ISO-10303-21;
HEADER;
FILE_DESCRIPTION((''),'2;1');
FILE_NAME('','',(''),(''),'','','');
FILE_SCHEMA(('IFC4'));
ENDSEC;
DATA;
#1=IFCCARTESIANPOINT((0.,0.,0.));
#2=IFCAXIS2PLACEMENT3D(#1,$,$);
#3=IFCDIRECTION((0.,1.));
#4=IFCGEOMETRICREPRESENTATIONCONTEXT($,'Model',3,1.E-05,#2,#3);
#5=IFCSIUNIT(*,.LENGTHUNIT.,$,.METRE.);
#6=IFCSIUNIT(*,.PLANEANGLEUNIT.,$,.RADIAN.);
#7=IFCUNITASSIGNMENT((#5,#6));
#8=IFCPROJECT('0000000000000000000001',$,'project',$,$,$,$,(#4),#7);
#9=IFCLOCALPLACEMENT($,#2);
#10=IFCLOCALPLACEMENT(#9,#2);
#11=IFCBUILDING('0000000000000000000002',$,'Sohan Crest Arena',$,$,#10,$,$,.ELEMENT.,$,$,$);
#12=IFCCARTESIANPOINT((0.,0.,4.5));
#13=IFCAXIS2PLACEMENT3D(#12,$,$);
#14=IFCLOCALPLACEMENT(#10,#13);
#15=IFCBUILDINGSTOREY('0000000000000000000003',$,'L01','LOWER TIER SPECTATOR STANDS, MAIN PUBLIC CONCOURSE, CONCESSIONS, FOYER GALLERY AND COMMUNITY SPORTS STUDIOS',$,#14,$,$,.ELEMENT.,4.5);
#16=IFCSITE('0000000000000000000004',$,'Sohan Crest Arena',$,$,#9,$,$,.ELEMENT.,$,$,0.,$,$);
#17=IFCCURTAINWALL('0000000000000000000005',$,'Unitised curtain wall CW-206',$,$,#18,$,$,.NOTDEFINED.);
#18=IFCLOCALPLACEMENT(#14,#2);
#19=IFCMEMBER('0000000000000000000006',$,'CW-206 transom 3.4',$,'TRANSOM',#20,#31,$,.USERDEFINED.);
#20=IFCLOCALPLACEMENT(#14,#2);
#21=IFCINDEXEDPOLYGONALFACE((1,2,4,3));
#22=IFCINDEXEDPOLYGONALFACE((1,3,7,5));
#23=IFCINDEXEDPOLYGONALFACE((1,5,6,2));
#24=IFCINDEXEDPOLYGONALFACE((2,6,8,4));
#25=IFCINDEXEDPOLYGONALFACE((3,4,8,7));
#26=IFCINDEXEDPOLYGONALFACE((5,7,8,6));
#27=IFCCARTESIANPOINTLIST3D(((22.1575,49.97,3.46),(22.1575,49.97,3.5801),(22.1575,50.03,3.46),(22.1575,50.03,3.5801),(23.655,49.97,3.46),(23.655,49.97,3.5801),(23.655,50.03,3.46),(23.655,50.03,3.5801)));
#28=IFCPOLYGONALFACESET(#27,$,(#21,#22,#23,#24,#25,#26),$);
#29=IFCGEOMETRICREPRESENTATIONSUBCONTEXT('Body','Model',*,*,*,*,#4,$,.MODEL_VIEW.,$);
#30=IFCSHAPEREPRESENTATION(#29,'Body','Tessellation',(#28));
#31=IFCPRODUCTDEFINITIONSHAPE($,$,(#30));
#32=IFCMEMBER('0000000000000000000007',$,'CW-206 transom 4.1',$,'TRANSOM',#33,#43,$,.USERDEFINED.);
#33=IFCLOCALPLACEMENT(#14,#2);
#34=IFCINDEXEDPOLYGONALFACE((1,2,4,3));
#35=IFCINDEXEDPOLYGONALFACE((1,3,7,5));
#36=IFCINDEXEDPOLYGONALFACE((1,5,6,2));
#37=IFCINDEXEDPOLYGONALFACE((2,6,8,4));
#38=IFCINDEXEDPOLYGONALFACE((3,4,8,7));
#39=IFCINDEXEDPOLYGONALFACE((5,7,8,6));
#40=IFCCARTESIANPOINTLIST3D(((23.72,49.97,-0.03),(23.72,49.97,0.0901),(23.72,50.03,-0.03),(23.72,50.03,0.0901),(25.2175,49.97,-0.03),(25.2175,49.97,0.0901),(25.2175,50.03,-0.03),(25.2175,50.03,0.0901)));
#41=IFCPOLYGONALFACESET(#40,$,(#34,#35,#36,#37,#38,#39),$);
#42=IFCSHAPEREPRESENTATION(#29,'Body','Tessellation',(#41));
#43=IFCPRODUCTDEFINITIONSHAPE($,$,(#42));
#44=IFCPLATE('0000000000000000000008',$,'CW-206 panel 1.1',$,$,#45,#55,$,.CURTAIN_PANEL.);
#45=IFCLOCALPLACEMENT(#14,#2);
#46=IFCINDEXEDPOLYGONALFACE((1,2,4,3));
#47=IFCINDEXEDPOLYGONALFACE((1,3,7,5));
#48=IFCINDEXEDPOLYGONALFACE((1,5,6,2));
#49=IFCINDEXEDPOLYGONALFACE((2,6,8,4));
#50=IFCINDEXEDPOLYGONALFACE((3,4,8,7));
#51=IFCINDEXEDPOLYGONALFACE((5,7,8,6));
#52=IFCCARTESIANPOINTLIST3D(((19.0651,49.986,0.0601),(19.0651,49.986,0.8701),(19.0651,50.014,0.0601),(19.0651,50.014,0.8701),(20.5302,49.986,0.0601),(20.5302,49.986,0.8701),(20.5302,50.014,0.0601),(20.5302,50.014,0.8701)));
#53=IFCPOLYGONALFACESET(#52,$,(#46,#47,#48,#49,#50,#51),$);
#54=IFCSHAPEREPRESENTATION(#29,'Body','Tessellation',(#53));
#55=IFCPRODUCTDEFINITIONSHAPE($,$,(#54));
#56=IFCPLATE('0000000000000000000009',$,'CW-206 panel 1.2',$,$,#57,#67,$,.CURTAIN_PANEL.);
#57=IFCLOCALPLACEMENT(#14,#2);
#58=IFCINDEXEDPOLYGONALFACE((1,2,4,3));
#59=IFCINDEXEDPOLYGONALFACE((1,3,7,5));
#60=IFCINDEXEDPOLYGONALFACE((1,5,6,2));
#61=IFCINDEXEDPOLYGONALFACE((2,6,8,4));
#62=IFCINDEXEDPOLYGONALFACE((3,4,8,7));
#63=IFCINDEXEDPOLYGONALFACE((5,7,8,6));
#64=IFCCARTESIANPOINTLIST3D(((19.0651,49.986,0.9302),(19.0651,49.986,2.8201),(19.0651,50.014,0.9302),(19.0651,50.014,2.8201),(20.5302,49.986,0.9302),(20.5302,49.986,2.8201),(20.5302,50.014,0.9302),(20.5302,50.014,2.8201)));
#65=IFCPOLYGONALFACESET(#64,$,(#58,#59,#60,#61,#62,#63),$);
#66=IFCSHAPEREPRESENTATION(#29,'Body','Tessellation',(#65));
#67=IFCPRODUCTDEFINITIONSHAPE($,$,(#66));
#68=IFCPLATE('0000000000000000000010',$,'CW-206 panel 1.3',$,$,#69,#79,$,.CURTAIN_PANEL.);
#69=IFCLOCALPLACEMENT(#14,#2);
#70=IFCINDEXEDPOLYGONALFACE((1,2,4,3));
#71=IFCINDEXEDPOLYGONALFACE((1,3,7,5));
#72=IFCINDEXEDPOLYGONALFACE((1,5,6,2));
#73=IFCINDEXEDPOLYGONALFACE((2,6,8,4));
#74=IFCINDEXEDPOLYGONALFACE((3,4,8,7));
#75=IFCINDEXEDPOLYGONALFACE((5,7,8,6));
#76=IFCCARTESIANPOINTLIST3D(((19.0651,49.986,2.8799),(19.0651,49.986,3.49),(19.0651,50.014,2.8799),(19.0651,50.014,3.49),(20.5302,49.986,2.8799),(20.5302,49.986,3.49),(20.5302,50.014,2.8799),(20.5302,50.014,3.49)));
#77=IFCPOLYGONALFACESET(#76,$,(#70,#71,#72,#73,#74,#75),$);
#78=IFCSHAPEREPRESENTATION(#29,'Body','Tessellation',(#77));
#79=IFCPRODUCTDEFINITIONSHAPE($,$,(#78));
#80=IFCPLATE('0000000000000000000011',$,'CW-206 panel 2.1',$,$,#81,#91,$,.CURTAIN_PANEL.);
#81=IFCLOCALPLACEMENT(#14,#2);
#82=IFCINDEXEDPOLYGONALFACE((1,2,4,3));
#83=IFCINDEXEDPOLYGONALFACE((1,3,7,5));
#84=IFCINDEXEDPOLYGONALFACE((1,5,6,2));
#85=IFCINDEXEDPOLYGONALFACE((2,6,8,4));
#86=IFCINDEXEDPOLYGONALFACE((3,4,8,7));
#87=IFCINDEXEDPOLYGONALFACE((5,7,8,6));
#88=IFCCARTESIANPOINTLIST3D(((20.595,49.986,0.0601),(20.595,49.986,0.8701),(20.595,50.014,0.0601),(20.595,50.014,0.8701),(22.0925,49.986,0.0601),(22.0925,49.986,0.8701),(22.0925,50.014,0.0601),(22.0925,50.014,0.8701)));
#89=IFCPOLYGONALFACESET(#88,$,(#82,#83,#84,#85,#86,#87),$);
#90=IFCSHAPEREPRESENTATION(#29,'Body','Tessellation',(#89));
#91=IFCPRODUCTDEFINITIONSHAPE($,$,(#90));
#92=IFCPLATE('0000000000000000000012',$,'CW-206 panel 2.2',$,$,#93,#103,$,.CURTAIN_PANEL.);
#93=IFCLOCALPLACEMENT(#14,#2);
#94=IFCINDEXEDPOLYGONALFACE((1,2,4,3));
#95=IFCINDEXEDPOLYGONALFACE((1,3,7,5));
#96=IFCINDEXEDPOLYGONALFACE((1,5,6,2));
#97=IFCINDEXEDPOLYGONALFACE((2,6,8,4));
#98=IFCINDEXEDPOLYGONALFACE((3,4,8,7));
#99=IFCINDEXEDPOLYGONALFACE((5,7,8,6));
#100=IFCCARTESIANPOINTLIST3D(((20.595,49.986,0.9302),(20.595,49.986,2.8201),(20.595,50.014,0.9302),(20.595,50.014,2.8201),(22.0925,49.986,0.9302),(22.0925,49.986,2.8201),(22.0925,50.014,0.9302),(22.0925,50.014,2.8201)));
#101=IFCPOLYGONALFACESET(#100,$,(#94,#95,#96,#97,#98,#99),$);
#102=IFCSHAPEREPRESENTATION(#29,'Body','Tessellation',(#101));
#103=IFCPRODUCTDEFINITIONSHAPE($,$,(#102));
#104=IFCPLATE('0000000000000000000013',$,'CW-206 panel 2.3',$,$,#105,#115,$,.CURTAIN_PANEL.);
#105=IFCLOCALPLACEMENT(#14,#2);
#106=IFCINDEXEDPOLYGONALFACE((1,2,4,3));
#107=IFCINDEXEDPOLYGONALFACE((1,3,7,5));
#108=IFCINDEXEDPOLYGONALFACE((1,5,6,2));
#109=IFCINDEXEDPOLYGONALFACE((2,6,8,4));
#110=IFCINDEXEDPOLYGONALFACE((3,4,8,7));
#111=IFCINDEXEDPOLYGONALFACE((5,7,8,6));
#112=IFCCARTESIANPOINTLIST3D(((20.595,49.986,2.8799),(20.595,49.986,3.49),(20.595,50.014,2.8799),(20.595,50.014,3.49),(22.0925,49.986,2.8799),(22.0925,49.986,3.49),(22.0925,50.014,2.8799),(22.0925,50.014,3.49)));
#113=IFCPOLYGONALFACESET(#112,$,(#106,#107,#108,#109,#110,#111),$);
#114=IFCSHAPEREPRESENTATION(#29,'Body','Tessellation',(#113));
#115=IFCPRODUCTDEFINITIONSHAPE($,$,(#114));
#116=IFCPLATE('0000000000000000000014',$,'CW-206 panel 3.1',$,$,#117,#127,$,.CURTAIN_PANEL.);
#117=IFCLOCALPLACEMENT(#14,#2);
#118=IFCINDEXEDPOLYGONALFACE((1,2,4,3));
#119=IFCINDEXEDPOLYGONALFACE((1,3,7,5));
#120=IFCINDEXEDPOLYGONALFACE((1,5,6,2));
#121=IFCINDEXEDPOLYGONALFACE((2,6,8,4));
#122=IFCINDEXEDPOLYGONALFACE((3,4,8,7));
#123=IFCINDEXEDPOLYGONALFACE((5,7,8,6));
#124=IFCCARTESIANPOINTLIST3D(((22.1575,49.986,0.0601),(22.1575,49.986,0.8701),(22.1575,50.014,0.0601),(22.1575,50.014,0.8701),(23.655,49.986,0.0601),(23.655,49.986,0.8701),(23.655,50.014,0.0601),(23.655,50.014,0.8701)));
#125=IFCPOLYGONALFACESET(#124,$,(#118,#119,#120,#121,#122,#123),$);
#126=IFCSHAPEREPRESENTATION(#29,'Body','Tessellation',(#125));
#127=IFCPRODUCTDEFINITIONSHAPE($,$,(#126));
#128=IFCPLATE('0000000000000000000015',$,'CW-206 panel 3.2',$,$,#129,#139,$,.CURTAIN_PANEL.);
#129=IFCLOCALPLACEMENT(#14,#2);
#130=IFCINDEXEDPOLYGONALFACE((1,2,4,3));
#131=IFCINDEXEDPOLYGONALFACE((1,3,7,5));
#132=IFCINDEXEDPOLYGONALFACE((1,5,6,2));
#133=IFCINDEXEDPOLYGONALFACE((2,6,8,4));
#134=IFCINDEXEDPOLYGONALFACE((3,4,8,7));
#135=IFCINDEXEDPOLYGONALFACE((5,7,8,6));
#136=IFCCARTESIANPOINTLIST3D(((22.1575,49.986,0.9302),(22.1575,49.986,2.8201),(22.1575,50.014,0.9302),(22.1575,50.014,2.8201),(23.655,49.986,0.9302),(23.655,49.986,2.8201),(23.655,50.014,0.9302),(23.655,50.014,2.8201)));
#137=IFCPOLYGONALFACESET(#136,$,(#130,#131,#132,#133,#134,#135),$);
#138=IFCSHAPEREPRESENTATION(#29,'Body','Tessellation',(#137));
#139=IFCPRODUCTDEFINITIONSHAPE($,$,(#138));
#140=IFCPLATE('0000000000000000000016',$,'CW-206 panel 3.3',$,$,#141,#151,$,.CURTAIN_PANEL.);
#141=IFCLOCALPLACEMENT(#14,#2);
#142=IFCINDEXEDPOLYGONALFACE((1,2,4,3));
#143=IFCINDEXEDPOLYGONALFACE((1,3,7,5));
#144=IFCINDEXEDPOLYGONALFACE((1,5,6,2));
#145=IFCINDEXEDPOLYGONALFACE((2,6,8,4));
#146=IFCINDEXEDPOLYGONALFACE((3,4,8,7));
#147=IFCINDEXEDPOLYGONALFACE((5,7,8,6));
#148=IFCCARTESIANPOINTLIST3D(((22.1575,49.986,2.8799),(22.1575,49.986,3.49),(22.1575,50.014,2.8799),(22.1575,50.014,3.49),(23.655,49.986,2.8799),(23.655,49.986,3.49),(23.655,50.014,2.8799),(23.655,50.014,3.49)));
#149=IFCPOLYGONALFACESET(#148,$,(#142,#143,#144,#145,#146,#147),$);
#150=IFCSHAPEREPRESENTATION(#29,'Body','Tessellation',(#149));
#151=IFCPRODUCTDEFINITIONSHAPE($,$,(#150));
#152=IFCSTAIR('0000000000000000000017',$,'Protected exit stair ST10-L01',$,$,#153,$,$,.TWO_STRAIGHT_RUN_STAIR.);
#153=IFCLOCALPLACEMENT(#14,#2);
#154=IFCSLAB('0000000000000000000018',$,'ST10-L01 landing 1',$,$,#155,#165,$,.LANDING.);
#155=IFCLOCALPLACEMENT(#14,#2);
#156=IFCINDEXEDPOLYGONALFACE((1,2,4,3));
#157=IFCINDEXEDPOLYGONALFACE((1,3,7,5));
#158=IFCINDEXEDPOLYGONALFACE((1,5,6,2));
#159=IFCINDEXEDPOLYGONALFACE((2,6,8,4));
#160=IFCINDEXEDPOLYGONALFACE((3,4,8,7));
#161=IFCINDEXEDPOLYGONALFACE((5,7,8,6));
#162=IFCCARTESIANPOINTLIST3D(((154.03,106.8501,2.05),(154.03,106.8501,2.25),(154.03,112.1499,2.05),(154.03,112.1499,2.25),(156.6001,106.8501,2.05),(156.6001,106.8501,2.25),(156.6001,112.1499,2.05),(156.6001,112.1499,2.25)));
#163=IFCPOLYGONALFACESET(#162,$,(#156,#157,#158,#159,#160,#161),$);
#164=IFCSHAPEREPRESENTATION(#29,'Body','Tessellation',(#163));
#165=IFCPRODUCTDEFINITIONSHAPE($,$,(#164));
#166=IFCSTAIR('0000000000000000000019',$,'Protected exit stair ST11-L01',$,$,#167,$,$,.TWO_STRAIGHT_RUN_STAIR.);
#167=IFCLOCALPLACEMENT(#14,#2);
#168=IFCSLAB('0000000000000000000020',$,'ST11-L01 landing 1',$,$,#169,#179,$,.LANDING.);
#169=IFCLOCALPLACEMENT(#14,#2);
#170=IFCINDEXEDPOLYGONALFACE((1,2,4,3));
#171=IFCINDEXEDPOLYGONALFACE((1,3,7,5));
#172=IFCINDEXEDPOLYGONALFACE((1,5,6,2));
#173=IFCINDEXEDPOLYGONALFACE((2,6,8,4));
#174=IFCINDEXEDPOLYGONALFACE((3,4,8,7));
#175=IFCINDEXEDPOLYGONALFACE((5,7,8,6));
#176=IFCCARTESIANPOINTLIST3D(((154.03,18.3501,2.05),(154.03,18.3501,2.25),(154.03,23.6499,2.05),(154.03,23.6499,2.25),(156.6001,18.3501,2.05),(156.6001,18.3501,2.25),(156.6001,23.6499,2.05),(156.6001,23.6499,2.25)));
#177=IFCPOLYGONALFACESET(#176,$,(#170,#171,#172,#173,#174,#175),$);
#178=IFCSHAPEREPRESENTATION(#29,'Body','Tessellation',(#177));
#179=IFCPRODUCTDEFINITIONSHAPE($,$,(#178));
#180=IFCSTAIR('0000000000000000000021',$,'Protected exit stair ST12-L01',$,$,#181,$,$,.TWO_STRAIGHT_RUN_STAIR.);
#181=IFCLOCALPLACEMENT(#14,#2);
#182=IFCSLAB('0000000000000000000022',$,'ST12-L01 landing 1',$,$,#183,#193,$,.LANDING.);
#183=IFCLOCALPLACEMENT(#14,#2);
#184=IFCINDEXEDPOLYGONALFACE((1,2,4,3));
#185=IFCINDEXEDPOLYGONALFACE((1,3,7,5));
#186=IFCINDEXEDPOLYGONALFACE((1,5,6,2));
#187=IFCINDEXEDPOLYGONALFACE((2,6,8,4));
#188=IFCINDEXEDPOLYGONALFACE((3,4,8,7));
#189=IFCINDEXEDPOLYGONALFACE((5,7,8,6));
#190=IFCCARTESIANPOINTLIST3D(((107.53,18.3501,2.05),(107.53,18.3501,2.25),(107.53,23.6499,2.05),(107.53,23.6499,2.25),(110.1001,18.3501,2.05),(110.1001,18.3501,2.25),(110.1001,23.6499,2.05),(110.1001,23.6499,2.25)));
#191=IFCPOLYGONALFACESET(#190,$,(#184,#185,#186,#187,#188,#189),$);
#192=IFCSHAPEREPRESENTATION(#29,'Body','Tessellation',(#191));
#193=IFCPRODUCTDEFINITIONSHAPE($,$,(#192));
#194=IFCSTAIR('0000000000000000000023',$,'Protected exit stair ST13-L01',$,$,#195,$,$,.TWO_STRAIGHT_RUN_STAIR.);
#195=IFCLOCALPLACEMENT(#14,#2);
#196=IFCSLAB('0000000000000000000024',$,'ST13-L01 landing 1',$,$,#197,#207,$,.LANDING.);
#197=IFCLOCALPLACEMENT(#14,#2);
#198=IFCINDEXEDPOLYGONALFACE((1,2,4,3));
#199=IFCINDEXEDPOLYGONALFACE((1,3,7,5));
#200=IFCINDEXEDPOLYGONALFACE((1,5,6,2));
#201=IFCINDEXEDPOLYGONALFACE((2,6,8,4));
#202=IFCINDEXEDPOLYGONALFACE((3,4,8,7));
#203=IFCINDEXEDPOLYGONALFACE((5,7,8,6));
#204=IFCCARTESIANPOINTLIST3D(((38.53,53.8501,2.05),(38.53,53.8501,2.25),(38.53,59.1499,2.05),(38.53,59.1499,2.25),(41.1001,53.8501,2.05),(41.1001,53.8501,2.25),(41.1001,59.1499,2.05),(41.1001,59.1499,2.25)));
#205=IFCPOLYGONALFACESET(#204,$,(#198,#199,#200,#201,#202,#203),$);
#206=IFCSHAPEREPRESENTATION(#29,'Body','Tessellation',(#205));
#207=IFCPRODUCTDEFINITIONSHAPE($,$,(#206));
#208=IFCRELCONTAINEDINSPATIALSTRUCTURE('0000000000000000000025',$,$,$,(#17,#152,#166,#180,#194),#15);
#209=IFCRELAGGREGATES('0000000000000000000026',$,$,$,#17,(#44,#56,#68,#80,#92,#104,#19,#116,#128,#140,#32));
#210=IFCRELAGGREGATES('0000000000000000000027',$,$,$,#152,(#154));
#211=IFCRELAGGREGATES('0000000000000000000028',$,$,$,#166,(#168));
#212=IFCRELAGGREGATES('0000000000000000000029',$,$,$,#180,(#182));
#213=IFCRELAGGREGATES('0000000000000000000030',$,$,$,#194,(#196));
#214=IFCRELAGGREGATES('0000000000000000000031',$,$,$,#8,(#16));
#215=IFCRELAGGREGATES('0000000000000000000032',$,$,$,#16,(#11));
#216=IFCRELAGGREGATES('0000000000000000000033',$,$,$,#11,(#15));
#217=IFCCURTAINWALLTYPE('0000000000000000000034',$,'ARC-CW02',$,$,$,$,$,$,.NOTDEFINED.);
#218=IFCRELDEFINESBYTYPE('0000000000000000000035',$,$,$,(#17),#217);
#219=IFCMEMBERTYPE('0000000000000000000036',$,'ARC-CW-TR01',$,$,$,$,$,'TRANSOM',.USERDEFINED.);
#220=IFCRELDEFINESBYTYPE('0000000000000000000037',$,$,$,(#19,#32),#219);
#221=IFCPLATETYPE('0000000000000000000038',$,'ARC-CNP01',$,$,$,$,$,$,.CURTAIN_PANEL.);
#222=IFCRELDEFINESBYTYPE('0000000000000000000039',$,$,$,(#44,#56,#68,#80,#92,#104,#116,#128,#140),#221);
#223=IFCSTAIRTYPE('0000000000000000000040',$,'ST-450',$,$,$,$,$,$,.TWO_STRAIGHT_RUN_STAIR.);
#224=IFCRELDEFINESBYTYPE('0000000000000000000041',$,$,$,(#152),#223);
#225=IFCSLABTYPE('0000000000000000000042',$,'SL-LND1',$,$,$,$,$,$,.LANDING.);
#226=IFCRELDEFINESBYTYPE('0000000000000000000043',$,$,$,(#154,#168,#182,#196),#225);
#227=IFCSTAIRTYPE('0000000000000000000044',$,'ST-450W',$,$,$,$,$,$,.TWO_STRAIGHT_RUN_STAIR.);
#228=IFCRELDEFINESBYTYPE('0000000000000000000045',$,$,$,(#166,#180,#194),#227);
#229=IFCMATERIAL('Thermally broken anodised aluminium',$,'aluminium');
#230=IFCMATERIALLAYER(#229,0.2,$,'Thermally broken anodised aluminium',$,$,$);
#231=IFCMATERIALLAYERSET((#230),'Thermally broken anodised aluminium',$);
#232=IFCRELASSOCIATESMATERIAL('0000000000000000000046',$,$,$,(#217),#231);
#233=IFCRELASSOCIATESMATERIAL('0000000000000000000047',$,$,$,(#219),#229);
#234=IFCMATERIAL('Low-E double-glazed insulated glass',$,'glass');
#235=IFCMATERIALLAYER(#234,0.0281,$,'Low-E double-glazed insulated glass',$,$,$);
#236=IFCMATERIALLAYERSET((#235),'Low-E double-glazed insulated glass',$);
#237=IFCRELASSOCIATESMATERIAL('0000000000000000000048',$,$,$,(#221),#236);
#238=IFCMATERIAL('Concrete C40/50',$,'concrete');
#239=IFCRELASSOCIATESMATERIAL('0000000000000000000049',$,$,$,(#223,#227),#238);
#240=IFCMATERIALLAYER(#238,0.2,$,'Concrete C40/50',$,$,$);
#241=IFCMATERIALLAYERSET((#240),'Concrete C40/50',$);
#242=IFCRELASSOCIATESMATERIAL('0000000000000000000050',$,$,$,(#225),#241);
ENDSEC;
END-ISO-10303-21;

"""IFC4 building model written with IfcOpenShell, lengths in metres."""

from ifc_helpers import new_model, si_unit, direction, frame, origin, origin_2d, place, context, subcontext, project, spatial, polyline, rectangle, outline, extrude, material, layer, layer_set, material_profile, profile_set, type_object, element, aggregate, save


model = new_model("IFC4")

# Units and contexts
model_context = context("Model", 3, precision=1e-05, world=origin(), true_north=direction((0.0, 1.0)))
body_context = subcontext(model_context, "Body", "Model", "MODEL_VIEW")
ifc_project = project(units=[si_unit("LENGTHUNIT", "METRE"), si_unit("PLANEANGLEUNIT", "RADIAN")], contexts=[model_context])

# Site, building, storey
site_placement = place(None, origin())
site = spatial("IfcSite", under=ifc_project, at=site_placement, Name="Sohan Crest Arena", CompositionType="ELEMENT", RefElevation=0.0)
building_placement = place(site_placement, origin())
building = spatial("IfcBuilding", under=site, at=building_placement, Name="Sohan Crest Arena", CompositionType="ELEMENT")
storey_placement = place(building_placement, frame((0.0, 0.0, 4.5)))
storey = spatial("IfcBuildingStorey", under=building, at=storey_placement, Name="L01", Description="LOWER TIER SPECTATOR STANDS, MAIN PUBLIC CONCOURSE, CONCESSIONS, FOYER GALLERY AND COMMUNITY SPORTS STUDIOS", CompositionType="ELEMENT", Elevation=4.5)

# Curtain wall, members, plates
ifc_material_1 = material(Name="Thermally broken anodised aluminium", Category="aluminium")
ifc_layer_1 = layer(ifc_material_1, 0.2, Name="Thermally broken anodised aluminium")
ifc_layer_set_1 = layer_set([ifc_layer_1], Name="Thermally broken anodised aluminium")
curtain_wall_type = type_object("IfcCurtainWallType", Name="ARC-CW02", PredefinedType="NOTDEFINED", material=ifc_layer_set_1)
curtain_wall_placement = place(storey_placement, origin())
curtain_wall = element("IfcCurtainWall", 1, at=curtain_wall_placement, inside=storey, type_object=curtain_wall_type, Name="Unitised curtain wall CW-206", PredefinedType="NOTDEFINED")
ifc_material_profile_1 = material_profile(ifc_material_1, rectangle(XDim=0.0601, YDim=0.1201, at=origin_2d()), Name="ALU-TRAN 60x120")
ifc_profile_set_1 = profile_set([ifc_material_profile_1], Name="Thermally broken anodised aluminium")
member_type_1 = type_object("IfcMemberType", Name="ARC-CW-TR01", ElementType="TRANSOM", PredefinedType="USERDEFINED", material=ifc_profile_set_1)
member_1_placement = place(storey_placement, frame((22.1575, 50.0, 3.52), z_axis=(1.0, 0.0, 0.0), x_axis=(0.0, 1.0, 0.0)))
member_1 = element("IfcMember", 2, at=member_1_placement, type_object=member_type_1, Name="CW-206 transom 3.4", ObjectType="TRANSOM", PredefinedType="USERDEFINED", context=body_context, shape_type="SweptSolid", body=[
    extrude(rectangle(XDim=0.0601, YDim=0.1201, at=origin_2d()), origin(), (0.0, 0.0, 1.0), 1.4976),
])
member_2_placement = place(storey_placement, frame((23.72, 50.0, 0.03), z_axis=(1.0, 0.0, 0.0), x_axis=(0.0, 1.0, 0.0)))
member_2 = element("IfcMember", 3, at=member_2_placement, type_object=member_type_1, Name="CW-206 transom 4.1", ObjectType="TRANSOM", PredefinedType="USERDEFINED", context=body_context, shape_type="SweptSolid", body=[
    extrude(rectangle(XDim=0.0601, YDim=0.1201, at=origin_2d()), origin(), (0.0, 0.0, 1.0), 1.4976),
])
ifc_material_2 = material(Name="Low-E double-glazed insulated glass", Category="glass")
ifc_layer_2 = layer(ifc_material_2, 0.0281, Name="Low-E double-glazed insulated glass")
ifc_layer_set_2 = layer_set([ifc_layer_2], Name="Low-E double-glazed insulated glass")
plate_type = type_object("IfcPlateType", Name="ARC-CNP01", PredefinedType="CURTAIN_PANEL", material=ifc_layer_set_2)
plate_1_placement = place(storey_placement, frame((19.7976, 50.0, 0.0601), z_axis=(0.0, 0.0, 1.0), x_axis=(1.0, 0.0, 0.0)))
plate_1 = element("IfcPlate", 4, at=plate_1_placement, type_object=plate_type, Name="CW-206 panel 1.1", PredefinedType="CURTAIN_PANEL", context=body_context, shape_type="SweptSolid", body=[
    extrude(rectangle(XDim=1.4651, YDim=0.0281, at=origin_2d()), origin(), (0.0, 0.0, 1.0), 0.8101),
])
plate_2_placement = place(storey_placement, frame((19.7976, 50.0, 0.9302), z_axis=(0.0, 0.0, 1.0), x_axis=(1.0, 0.0, 0.0)))
plate_2 = element("IfcPlate", 5, at=plate_2_placement, type_object=plate_type, Name="CW-206 panel 1.2", PredefinedType="CURTAIN_PANEL", context=body_context, shape_type="SweptSolid", body=[
    extrude(rectangle(XDim=1.4651, YDim=0.0281, at=origin_2d()), origin(), (0.0, 0.0, 1.0), 1.8899),
])
plate_3_placement = place(storey_placement, frame((19.7976, 50.0, 2.8799), z_axis=(0.0, 0.0, 1.0), x_axis=(1.0, 0.0, 0.0)))
plate_3 = element("IfcPlate", 6, at=plate_3_placement, type_object=plate_type, Name="CW-206 panel 1.3", PredefinedType="CURTAIN_PANEL", context=body_context, shape_type="SweptSolid", body=[
    extrude(rectangle(XDim=1.4651, YDim=0.0281, at=origin_2d()), origin(), (0.0, 0.0, 1.0), 0.6101),
])
plate_4_placement = place(storey_placement, frame((21.3438, 50.0, 0.0601), z_axis=(0.0, 0.0, 1.0), x_axis=(1.0, 0.0, 0.0)))
plate_4 = element("IfcPlate", 7, at=plate_4_placement, type_object=plate_type, Name="CW-206 panel 2.1", PredefinedType="CURTAIN_PANEL", context=body_context, shape_type="SweptSolid", body=[
    extrude(rectangle(XDim=1.4976, YDim=0.0281, at=origin_2d()), origin(), (0.0, 0.0, 1.0), 0.8101),
])
plate_5_placement = place(storey_placement, frame((21.3438, 50.0, 0.9302), z_axis=(0.0, 0.0, 1.0), x_axis=(1.0, 0.0, 0.0)))
plate_5 = element("IfcPlate", 8, at=plate_5_placement, type_object=plate_type, Name="CW-206 panel 2.2", PredefinedType="CURTAIN_PANEL", context=body_context, shape_type="SweptSolid", body=[
    extrude(rectangle(XDim=1.4976, YDim=0.0281, at=origin_2d()), origin(), (0.0, 0.0, 1.0), 1.8899),
])
plate_6_placement = place(storey_placement, frame((21.3438, 50.0, 2.8799), z_axis=(0.0, 0.0, 1.0), x_axis=(1.0, 0.0, 0.0)))
plate_6 = element("IfcPlate", 9, at=plate_6_placement, type_object=plate_type, Name="CW-206 panel 2.3", PredefinedType="CURTAIN_PANEL", context=body_context, shape_type="SweptSolid", body=[
    extrude(rectangle(XDim=1.4976, YDim=0.0281, at=origin_2d()), origin(), (0.0, 0.0, 1.0), 0.6101),
])
plate_7_placement = place(storey_placement, frame((22.9062, 50.0, 0.0601), z_axis=(0.0, 0.0, 1.0), x_axis=(1.0, 0.0, 0.0)))
plate_7 = element("IfcPlate", 10, at=plate_7_placement, type_object=plate_type, Name="CW-206 panel 3.1", PredefinedType="CURTAIN_PANEL", context=body_context, shape_type="SweptSolid", body=[
    extrude(rectangle(XDim=1.4976, YDim=0.0281, at=origin_2d()), origin(), (0.0, 0.0, 1.0), 0.8101),
])
plate_8_placement = place(storey_placement, frame((22.9062, 50.0, 0.9302), z_axis=(0.0, 0.0, 1.0), x_axis=(1.0, 0.0, 0.0)))
plate_8 = element("IfcPlate", 11, at=plate_8_placement, type_object=plate_type, Name="CW-206 panel 3.2", PredefinedType="CURTAIN_PANEL", context=body_context, shape_type="SweptSolid", body=[
    extrude(rectangle(XDim=1.4976, YDim=0.0281, at=origin_2d()), origin(), (0.0, 0.0, 1.0), 1.8899),
])
plate_9_placement = place(storey_placement, frame((22.9062, 50.0, 2.8799), z_axis=(0.0, 0.0, 1.0), x_axis=(1.0, 0.0, 0.0)))
plate_9 = element("IfcPlate", 12, at=plate_9_placement, type_object=plate_type, Name="CW-206 panel 3.3", PredefinedType="CURTAIN_PANEL", context=body_context, shape_type="SweptSolid", body=[
    extrude(rectangle(XDim=1.4976, YDim=0.0281, at=origin_2d()), origin(), (0.0, 0.0, 1.0), 0.6101),
])
aggregate(curtain_wall, [plate_1, plate_2, plate_3, plate_4, plate_5, plate_6, member_1, plate_7, plate_8, plate_9, member_2])

# Stairs, slabs
ifc_material_3 = material(Name="Concrete C40/50", Category="concrete")
stair_type_1 = type_object("IfcStairType", Name="ST-450", PredefinedType="TWO_STRAIGHT_RUN_STAIR", material=ifc_material_3)
stair_1_placement = place(storey_placement, origin())
stair_1 = element("IfcStair", 13, at=stair_1_placement, inside=storey, type_object=stair_type_1, Name="Protected exit stair ST10-L01", PredefinedType="TWO_STRAIGHT_RUN_STAIR")
ifc_layer_3 = layer(ifc_material_3, 0.2, Name="Concrete C40/50")
ifc_layer_set_3 = layer_set([ifc_layer_3], Name="Concrete C40/50")
slab_type = type_object("IfcSlabType", Name="SL-LND1", PredefinedType="LANDING", material=ifc_layer_set_3)
slab_1_placement = place(storey_placement, frame((0.0, 0.0, 2.05)))
slab_1 = element("IfcSlab", 14, at=slab_1_placement, type_object=slab_type, Name="ST10-L01 landing 1", PredefinedType="LANDING", context=body_context, shape_type="SweptSolid", body=[
    extrude(outline(polyline([(154.03, 106.8501), (156.6001, 106.8501), (156.6001, 112.1499), (154.03, 112.1499), (154.03, 106.8501)])), origin(), (0.0, 0.0, 1.0), 0.2),
])
aggregate(stair_1, [slab_1])
stair_type_2 = type_object("IfcStairType", Name="ST-450W", PredefinedType="TWO_STRAIGHT_RUN_STAIR", material=ifc_material_3)
stair_2_placement = place(storey_placement, origin())
stair_2 = element("IfcStair", 15, at=stair_2_placement, inside=storey, type_object=stair_type_2, Name="Protected exit stair ST11-L01", PredefinedType="TWO_STRAIGHT_RUN_STAIR")
slab_2_placement = place(storey_placement, frame((0.0, 0.0, 2.05)))
slab_2 = element("IfcSlab", 16, at=slab_2_placement, type_object=slab_type, Name="ST11-L01 landing 1", PredefinedType="LANDING", context=body_context, shape_type="SweptSolid", body=[
    extrude(outline(polyline([(154.03, 18.3501), (156.6001, 18.3501), (156.6001, 23.6499), (154.03, 23.6499), (154.03, 18.3501)])), origin(), (0.0, 0.0, 1.0), 0.2),
])
aggregate(stair_2, [slab_2])
stair_3_placement = place(storey_placement, origin())
stair_3 = element("IfcStair", 17, at=stair_3_placement, inside=storey, type_object=stair_type_2, Name="Protected exit stair ST12-L01", PredefinedType="TWO_STRAIGHT_RUN_STAIR")
slab_3_placement = place(storey_placement, frame((0.0, 0.0, 2.05)))
slab_3 = element("IfcSlab", 18, at=slab_3_placement, type_object=slab_type, Name="ST12-L01 landing 1", PredefinedType="LANDING", context=body_context, shape_type="SweptSolid", body=[
    extrude(outline(polyline([(107.53, 18.3501), (110.1001, 18.3501), (110.1001, 23.6499), (107.53, 23.6499), (107.53, 18.3501)])), origin(), (0.0, 0.0, 1.0), 0.2),
])
aggregate(stair_3, [slab_3])
stair_4_placement = place(storey_placement, origin())
stair_4 = element("IfcStair", 19, at=stair_4_placement, inside=storey, type_object=stair_type_2, Name="Protected exit stair ST13-L01", PredefinedType="TWO_STRAIGHT_RUN_STAIR")
slab_4_placement = place(storey_placement, frame((0.0, 0.0, 2.05)))
slab_4 = element("IfcSlab", 20, at=slab_4_placement, type_object=slab_type, Name="ST13-L01 landing 1", PredefinedType="LANDING", context=body_context, shape_type="SweptSolid", body=[
    extrude(outline(polyline([(38.53, 53.8501), (41.1001, 53.8501), (41.1001, 59.1499), (38.53, 59.1499), (38.53, 53.8501)])), origin(), (0.0, 0.0, 1.0), 0.2),
])
aggregate(stair_4, [slab_4])

save(model, "model.ifc")
